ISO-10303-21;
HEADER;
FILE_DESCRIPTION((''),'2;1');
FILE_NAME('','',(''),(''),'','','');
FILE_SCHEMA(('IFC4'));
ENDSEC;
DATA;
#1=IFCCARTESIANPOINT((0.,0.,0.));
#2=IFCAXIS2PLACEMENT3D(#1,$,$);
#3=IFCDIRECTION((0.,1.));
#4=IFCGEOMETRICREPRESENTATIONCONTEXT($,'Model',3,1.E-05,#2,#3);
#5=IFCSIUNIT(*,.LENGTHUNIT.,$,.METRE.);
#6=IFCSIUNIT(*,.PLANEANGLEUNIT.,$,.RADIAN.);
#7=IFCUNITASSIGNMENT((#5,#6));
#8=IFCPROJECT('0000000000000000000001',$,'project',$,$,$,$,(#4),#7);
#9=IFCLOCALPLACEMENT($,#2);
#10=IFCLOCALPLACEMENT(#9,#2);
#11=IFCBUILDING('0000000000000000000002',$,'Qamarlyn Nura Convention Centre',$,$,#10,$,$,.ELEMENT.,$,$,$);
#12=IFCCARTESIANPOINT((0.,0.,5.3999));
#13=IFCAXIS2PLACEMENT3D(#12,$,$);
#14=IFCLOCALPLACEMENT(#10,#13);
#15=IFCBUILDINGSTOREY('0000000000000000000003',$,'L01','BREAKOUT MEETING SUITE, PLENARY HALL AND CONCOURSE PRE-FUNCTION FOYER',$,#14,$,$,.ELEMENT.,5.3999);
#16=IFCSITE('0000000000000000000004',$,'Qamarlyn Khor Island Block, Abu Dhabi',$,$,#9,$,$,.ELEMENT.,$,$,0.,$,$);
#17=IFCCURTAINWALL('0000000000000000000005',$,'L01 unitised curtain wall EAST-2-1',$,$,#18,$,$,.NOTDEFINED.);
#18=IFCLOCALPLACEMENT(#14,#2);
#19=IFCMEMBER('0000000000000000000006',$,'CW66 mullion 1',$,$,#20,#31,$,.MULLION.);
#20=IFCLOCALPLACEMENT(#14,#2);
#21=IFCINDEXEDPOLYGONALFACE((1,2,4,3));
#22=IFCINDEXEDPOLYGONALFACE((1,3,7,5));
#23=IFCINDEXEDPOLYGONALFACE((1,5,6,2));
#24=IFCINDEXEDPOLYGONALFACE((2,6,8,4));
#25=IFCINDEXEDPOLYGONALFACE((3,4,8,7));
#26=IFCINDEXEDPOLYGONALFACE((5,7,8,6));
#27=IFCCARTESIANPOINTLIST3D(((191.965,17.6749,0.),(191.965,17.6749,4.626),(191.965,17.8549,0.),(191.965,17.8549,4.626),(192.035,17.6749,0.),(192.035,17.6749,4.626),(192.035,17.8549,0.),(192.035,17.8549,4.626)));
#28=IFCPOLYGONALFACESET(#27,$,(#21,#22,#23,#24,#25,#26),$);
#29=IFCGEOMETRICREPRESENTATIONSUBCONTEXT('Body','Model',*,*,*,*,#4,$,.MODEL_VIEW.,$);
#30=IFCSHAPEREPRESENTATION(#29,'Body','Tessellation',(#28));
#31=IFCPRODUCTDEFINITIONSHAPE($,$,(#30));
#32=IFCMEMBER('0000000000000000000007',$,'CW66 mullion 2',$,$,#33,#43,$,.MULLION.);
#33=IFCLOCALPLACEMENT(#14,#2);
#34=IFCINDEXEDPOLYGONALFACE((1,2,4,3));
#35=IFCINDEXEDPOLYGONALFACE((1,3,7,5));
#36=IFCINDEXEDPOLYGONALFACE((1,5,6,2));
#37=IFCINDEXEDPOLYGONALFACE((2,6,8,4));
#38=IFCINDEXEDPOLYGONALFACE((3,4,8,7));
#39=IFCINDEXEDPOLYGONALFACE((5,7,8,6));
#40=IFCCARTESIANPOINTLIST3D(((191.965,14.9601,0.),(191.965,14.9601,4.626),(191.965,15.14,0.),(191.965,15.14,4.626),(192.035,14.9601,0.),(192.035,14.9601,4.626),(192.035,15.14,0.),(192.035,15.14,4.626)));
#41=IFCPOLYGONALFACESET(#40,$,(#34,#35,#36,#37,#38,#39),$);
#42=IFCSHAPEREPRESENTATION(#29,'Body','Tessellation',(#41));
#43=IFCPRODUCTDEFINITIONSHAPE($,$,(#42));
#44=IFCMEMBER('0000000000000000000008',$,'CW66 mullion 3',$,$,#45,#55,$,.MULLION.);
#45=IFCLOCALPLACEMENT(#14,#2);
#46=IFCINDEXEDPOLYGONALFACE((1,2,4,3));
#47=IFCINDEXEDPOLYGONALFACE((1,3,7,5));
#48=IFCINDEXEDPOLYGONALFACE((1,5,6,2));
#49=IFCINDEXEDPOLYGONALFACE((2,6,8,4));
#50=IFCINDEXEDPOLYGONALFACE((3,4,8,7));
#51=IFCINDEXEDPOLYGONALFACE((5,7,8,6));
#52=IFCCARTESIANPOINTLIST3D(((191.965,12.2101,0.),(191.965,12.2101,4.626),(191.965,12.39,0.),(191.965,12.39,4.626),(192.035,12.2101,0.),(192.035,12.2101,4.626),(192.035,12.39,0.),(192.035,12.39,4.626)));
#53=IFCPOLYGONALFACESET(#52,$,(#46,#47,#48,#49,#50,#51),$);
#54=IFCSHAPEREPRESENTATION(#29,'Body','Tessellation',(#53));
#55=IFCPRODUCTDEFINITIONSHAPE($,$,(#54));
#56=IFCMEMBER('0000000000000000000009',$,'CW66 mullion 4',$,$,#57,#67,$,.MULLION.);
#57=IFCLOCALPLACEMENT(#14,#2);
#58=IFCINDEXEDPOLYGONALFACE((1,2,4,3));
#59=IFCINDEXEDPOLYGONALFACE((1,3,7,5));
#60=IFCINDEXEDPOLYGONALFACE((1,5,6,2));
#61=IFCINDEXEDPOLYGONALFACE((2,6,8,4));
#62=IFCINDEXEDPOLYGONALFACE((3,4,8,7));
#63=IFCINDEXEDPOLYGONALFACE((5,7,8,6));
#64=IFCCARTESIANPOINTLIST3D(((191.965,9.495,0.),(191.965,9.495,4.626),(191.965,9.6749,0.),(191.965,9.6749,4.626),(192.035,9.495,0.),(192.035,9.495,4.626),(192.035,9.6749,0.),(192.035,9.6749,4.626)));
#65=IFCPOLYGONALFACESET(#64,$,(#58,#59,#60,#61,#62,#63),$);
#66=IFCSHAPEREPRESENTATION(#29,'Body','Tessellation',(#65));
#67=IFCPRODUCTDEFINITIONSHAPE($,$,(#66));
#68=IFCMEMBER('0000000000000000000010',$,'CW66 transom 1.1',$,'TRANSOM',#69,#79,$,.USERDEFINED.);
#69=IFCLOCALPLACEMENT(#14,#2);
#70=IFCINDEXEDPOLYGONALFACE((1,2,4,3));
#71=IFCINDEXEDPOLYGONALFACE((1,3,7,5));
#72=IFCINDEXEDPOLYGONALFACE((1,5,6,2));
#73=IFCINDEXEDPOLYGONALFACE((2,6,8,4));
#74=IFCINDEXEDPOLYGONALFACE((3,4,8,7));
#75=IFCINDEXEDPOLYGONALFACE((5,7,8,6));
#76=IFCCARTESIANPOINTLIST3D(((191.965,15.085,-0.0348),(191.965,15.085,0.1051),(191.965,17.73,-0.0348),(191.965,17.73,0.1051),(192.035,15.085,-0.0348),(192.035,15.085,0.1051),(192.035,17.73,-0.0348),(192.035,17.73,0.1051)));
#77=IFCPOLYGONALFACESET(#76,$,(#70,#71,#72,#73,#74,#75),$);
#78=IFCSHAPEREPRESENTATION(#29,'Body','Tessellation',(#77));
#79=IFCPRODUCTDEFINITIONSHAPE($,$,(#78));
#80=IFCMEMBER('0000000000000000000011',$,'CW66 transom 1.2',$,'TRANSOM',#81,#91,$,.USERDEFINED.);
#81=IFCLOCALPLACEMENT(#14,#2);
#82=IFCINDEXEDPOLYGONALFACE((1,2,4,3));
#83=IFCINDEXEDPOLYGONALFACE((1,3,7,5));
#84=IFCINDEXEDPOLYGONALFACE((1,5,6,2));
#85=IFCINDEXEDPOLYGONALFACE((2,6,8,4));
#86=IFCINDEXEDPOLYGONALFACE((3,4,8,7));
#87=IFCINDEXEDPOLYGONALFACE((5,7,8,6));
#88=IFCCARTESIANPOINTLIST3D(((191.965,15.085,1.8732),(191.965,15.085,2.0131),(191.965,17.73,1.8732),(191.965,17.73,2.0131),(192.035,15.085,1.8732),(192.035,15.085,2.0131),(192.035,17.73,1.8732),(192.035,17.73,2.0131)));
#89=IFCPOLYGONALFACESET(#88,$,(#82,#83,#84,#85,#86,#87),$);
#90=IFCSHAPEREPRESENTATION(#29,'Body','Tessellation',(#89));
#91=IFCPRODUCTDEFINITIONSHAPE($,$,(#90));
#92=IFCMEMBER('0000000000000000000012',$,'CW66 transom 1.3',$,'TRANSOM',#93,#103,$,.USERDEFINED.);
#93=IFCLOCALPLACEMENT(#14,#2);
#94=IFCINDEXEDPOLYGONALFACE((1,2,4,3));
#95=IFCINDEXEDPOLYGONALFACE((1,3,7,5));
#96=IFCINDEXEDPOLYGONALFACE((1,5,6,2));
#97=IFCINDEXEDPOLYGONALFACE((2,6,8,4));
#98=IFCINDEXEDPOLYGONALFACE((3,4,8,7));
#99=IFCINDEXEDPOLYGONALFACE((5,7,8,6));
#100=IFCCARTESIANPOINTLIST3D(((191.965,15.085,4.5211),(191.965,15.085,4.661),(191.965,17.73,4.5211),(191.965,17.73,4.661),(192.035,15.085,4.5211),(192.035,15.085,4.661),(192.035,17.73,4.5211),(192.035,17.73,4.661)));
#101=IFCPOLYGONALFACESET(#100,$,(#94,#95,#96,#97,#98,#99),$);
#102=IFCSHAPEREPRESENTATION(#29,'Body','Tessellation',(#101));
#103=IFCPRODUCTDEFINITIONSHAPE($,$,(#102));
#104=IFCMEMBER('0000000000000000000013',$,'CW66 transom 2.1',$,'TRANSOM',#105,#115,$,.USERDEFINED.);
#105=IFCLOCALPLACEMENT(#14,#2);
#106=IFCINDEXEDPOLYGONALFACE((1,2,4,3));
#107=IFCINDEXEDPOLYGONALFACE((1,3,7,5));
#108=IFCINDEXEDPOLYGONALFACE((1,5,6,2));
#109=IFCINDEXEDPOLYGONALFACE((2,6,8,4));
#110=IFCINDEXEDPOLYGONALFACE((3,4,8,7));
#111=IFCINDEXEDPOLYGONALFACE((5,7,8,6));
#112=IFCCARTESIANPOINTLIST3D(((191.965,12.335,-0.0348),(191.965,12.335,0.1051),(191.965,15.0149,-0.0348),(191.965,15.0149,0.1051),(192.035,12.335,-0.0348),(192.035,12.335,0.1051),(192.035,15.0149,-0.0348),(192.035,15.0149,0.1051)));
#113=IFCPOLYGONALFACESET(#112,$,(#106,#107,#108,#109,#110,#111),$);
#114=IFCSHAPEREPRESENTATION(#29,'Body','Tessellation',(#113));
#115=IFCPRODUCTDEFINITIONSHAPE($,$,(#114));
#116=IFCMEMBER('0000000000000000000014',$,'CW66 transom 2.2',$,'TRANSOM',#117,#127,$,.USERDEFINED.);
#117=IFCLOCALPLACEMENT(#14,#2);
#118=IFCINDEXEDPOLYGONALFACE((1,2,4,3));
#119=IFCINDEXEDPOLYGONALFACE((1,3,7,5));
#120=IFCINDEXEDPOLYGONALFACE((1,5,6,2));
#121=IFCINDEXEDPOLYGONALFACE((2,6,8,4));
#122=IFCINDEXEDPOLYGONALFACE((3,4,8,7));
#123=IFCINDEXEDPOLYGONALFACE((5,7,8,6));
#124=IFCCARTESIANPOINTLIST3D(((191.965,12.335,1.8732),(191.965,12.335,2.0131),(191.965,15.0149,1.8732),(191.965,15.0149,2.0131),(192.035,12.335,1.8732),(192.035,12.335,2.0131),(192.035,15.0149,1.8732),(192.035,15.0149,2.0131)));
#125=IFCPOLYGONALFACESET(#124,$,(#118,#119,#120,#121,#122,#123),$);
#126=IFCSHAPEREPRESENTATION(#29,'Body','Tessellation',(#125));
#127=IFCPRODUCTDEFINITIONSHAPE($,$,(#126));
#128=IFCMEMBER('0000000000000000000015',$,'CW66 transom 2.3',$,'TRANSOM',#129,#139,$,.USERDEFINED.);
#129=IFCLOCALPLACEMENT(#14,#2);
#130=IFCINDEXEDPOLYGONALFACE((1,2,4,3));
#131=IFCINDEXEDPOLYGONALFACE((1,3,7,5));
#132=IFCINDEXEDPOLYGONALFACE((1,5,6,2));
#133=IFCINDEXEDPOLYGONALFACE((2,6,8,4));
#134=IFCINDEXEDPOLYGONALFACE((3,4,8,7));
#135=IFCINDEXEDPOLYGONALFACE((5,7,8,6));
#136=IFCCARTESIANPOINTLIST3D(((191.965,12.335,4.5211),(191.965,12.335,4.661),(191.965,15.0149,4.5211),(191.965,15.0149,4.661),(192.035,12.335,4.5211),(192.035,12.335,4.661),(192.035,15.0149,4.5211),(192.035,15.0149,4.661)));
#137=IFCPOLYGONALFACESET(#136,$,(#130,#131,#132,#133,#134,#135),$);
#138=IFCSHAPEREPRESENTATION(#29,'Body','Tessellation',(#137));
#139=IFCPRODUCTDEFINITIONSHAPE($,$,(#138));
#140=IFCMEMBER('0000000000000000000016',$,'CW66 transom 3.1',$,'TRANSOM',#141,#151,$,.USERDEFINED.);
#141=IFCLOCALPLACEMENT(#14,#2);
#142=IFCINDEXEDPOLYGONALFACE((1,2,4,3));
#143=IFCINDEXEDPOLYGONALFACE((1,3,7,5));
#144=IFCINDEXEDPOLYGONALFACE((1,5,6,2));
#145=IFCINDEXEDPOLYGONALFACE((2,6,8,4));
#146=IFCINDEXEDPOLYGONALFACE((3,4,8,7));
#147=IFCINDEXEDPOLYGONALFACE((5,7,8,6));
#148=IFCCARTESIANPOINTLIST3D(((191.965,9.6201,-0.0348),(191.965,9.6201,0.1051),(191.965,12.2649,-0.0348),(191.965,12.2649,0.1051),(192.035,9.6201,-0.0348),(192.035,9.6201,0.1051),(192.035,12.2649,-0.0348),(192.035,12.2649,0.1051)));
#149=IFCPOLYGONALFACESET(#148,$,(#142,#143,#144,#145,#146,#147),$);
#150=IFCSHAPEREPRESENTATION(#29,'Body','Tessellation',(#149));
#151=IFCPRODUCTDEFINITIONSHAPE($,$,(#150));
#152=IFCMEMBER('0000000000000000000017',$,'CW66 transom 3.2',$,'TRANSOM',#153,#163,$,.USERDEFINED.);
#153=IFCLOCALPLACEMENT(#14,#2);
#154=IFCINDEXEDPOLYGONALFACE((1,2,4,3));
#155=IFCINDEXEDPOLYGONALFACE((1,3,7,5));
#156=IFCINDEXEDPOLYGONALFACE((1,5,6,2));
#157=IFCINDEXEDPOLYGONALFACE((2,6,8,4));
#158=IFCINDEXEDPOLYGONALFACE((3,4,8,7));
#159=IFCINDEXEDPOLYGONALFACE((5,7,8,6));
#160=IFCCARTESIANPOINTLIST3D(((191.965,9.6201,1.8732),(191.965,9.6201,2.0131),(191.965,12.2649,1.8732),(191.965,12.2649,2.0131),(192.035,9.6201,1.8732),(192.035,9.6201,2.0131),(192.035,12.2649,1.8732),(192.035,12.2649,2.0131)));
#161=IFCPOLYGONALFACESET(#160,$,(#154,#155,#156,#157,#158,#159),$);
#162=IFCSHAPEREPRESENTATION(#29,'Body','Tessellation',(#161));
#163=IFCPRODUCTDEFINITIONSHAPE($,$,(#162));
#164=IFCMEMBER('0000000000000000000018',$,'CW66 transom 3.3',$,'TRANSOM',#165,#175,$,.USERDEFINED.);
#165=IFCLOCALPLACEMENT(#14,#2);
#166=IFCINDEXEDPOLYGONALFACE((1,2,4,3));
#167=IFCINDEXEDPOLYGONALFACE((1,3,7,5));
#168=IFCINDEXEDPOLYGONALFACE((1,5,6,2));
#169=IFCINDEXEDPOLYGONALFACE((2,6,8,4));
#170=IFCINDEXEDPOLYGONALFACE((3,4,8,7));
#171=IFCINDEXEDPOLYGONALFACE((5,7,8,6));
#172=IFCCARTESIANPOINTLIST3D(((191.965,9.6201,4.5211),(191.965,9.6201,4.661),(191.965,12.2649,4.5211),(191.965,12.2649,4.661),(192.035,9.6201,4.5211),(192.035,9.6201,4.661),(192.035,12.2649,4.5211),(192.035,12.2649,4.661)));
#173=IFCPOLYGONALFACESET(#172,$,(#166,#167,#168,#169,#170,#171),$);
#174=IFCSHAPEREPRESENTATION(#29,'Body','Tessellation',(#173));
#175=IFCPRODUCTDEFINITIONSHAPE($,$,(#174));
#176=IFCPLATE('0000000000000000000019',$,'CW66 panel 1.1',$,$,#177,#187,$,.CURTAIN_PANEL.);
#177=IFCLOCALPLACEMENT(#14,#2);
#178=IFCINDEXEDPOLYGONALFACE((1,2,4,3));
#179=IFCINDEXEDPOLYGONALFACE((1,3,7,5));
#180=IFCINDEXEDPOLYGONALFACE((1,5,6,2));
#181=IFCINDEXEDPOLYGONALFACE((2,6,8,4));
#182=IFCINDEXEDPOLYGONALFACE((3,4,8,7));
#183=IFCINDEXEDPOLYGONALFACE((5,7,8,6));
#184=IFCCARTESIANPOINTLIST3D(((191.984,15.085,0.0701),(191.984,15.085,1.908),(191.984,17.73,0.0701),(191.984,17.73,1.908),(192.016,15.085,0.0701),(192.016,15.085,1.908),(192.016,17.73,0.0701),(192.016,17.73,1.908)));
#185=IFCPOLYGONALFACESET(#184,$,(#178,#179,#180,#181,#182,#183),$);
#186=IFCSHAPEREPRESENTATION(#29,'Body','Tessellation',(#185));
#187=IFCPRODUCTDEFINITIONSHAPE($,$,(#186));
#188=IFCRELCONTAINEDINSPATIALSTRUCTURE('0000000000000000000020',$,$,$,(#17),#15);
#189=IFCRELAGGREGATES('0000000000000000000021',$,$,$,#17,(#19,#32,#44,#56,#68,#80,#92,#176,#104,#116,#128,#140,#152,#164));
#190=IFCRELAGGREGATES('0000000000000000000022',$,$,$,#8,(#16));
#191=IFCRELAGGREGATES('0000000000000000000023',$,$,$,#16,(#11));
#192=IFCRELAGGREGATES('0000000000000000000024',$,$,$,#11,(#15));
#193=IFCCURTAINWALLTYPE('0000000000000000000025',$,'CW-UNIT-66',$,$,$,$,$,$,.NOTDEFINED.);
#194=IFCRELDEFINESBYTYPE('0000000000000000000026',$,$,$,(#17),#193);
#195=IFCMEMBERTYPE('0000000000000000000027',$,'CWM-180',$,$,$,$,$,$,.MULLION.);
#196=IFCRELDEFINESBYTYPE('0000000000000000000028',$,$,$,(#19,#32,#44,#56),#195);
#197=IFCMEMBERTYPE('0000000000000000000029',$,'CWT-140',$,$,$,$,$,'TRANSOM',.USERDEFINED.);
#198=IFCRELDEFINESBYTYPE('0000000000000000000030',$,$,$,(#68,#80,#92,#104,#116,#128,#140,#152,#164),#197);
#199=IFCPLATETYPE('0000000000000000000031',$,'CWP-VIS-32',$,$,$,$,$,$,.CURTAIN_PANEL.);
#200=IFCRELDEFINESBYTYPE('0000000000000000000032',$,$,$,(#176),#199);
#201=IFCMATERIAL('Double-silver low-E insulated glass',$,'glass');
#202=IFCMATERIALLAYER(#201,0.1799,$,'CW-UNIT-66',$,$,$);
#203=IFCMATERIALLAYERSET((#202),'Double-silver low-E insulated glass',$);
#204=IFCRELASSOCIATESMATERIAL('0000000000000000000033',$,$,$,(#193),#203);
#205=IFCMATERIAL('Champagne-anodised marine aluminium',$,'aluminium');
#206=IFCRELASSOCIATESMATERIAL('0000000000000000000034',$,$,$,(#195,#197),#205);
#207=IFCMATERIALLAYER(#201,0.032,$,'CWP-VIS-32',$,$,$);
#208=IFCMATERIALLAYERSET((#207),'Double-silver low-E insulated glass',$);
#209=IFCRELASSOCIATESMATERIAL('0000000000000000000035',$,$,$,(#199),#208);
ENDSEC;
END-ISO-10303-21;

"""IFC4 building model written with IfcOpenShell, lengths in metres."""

from ifc_helpers import new_model, si_unit, direction, frame, origin, origin_2d, place, context, subcontext, project, spatial, rectangle, extrude, material, layer, layer_set, material_profile, profile_set, type_object, element, aggregate, save


model = new_model("IFC4")

# Units and contexts
model_context = context("Model", 3, precision=1e-05, world=origin(), true_north=direction((0.0, 1.0)))
body_context = subcontext(model_context, "Body", "Model", "MODEL_VIEW")
ifc_project = project(units=[si_unit("LENGTHUNIT", "METRE"), si_unit("PLANEANGLEUNIT", "RADIAN")], contexts=[model_context])

# Site, building, storey
site_placement = place(None, origin())
site = spatial("IfcSite", under=ifc_project, at=site_placement, Name="Qamarlyn Khor Island Block, Abu Dhabi", CompositionType="ELEMENT", RefElevation=0.0)
building_placement = place(site_placement, origin())
building = spatial("IfcBuilding", under=site, at=building_placement, Name="Qamarlyn Nura Convention Centre", CompositionType="ELEMENT")
storey_placement = place(building_placement, frame((0.0, 0.0, 5.3999)))
storey = spatial("IfcBuildingStorey", under=building, at=storey_placement, Name="L01", Description="BREAKOUT MEETING SUITE, PLENARY HALL AND CONCOURSE PRE-FUNCTION FOYER", CompositionType="ELEMENT", Elevation=5.3999)

# Curtain wall, members, plate
ifc_material_1 = material(Name="Double-silver low-E insulated glass", Category="glass")
ifc_layer_1 = layer(ifc_material_1, 0.1799, Name="CW-UNIT-66")
ifc_layer_set_1 = layer_set([ifc_layer_1], Name="Double-silver low-E insulated glass")
curtain_wall_type = type_object("IfcCurtainWallType", Name="CW-UNIT-66", PredefinedType="NOTDEFINED", material=ifc_layer_set_1)
curtain_wall_placement = place(storey_placement, origin())
curtain_wall = element("IfcCurtainWall", 1, at=curtain_wall_placement, inside=storey, type_object=curtain_wall_type, Name="L01 unitised curtain wall EAST-2-1", PredefinedType="NOTDEFINED")
ifc_material_2 = material(Name="Champagne-anodised marine aluminium", Category="aluminium")
ifc_material_profile_1 = material_profile(ifc_material_2, rectangle(XDim=0.0701, YDim=0.1799, at=origin_2d()), Name="ALU MULLION 70x180")
ifc_profile_set_1 = profile_set([ifc_material_profile_1], Name="Champagne-anodised marine aluminium")
member_type_1 = type_object("IfcMemberType", Name="CWM-180", PredefinedType="MULLION", material=ifc_profile_set_1)
member_1_placement = place(storey_placement, frame((192.0, 17.7649, 0.0), z_axis=(0.0, 0.0, 1.0), x_axis=(1.0, 0.0, 0.0)))
member_1 = element("IfcMember", 2, at=member_1_placement, type_object=member_type_1, Name="CW66 mullion 1", PredefinedType="MULLION", context=body_context, shape_type="SweptSolid", body=[
    extrude(rectangle(XDim=0.0701, YDim=0.1799, at=origin_2d()), origin(), (0.0, 0.0, 1.0), 4.626),
])
member_2_placement = place(storey_placement, frame((192.0, 15.05, 0.0), z_axis=(0.0, 0.0, 1.0), x_axis=(1.0, 0.0, 0.0)))
member_2 = element("IfcMember", 3, at=member_2_placement, type_object=member_type_1, Name="CW66 mullion 2", PredefinedType="MULLION", context=body_context, shape_type="SweptSolid", body=[
    extrude(rectangle(XDim=0.0701, YDim=0.1799, at=origin_2d()), origin(), (0.0, 0.0, 1.0), 4.626),
])
member_3_placement = place(storey_placement, frame((192.0, 12.3, 0.0), z_axis=(0.0, 0.0, 1.0), x_axis=(1.0, 0.0, 0.0)))
member_3 = element("IfcMember", 4, at=member_3_placement, type_object=member_type_1, Name="CW66 mullion 3", PredefinedType="MULLION", context=body_context, shape_type="SweptSolid", body=[
    extrude(rectangle(XDim=0.0701, YDim=0.1799, at=origin_2d()), origin(), (0.0, 0.0, 1.0), 4.626),
])
member_4_placement = place(storey_placement, frame((192.0, 9.585, 0.0), z_axis=(0.0, 0.0, 1.0), x_axis=(1.0, 0.0, 0.0)))
member_4 = element("IfcMember", 5, at=member_4_placement, type_object=member_type_1, Name="CW66 mullion 4", PredefinedType="MULLION", context=body_context, shape_type="SweptSolid", body=[
    extrude(rectangle(XDim=0.0701, YDim=0.1799, at=origin_2d()), origin(), (0.0, 0.0, 1.0), 4.626),
])
ifc_material_profile_2 = material_profile(ifc_material_2, rectangle(XDim=0.0701, YDim=0.1399, at=origin_2d()), Name="ALU TRANSOM 70x140")
ifc_profile_set_2 = profile_set([ifc_material_profile_2], Name="Champagne-anodised marine aluminium")
member_type_2 = type_object("IfcMemberType", Name="CWT-140", ElementType="TRANSOM", PredefinedType="USERDEFINED", material=ifc_profile_set_2)
member_5_placement = place(storey_placement, frame((192.0, 17.73, 0.0352), z_axis=(0.0, -1.0, 0.0), x_axis=(1.0, 0.0, 0.0)))
member_5 = element("IfcMember", 6, at=member_5_placement, type_object=member_type_2, Name="CW66 transom 1.1", ObjectType="TRANSOM", PredefinedType="USERDEFINED", context=body_context, shape_type="SweptSolid", body=[
    extrude(rectangle(XDim=0.0701, YDim=0.1399, at=origin_2d()), origin(), (0.0, 0.0, 1.0), 2.645),
])
member_6_placement = place(storey_placement, frame((192.0, 17.73, 1.9431), z_axis=(0.0, -1.0, 0.0), x_axis=(1.0, 0.0, 0.0)))
member_6 = element("IfcMember", 7, at=member_6_placement, type_object=member_type_2, Name="CW66 transom 1.2", ObjectType="TRANSOM", PredefinedType="USERDEFINED", context=body_context, shape_type="SweptSolid", body=[
    extrude(rectangle(XDim=0.0701, YDim=0.1399, at=origin_2d()), origin(), (0.0, 0.0, 1.0), 2.645),
])
member_7_placement = place(storey_placement, frame((192.0, 17.73, 4.5911), z_axis=(0.0, -1.0, 0.0), x_axis=(1.0, 0.0, 0.0)))
member_7 = element("IfcMember", 8, at=member_7_placement, type_object=member_type_2, Name="CW66 transom 1.3", ObjectType="TRANSOM", PredefinedType="USERDEFINED", context=body_context, shape_type="SweptSolid", body=[
    extrude(rectangle(XDim=0.0701, YDim=0.1399, at=origin_2d()), origin(), (0.0, 0.0, 1.0), 2.645),
])
member_8_placement = place(storey_placement, frame((192.0, 15.0149, 0.0352), z_axis=(0.0, -1.0, 0.0), x_axis=(1.0, 0.0, 0.0)))
member_8 = element("IfcMember", 9, at=member_8_placement, type_object=member_type_2, Name="CW66 transom 2.1", ObjectType="TRANSOM", PredefinedType="USERDEFINED", context=body_context, shape_type="SweptSolid", body=[
    extrude(rectangle(XDim=0.0701, YDim=0.1399, at=origin_2d()), origin(), (0.0, 0.0, 1.0), 2.6799),
])
member_9_placement = place(storey_placement, frame((192.0, 15.0149, 1.9431), z_axis=(0.0, -1.0, 0.0), x_axis=(1.0, 0.0, 0.0)))
member_9 = element("IfcMember", 10, at=member_9_placement, type_object=member_type_2, Name="CW66 transom 2.2", ObjectType="TRANSOM", PredefinedType="USERDEFINED", context=body_context, shape_type="SweptSolid", body=[
    extrude(rectangle(XDim=0.0701, YDim=0.1399, at=origin_2d()), origin(), (0.0, 0.0, 1.0), 2.6799),
])
member_10_placement = place(storey_placement, frame((192.0, 15.0149, 4.5911), z_axis=(0.0, -1.0, 0.0), x_axis=(1.0, 0.0, 0.0)))
member_10 = element("IfcMember", 11, at=member_10_placement, type_object=member_type_2, Name="CW66 transom 2.3", ObjectType="TRANSOM", PredefinedType="USERDEFINED", context=body_context, shape_type="SweptSolid", body=[
    extrude(rectangle(XDim=0.0701, YDim=0.1399, at=origin_2d()), origin(), (0.0, 0.0, 1.0), 2.6799),
])
member_11_placement = place(storey_placement, frame((192.0, 12.2649, 0.0352), z_axis=(0.0, -1.0, 0.0), x_axis=(1.0, 0.0, 0.0)))
member_11 = element("IfcMember", 12, at=member_11_placement, type_object=member_type_2, Name="CW66 transom 3.1", ObjectType="TRANSOM", PredefinedType="USERDEFINED", context=body_context, shape_type="SweptSolid", body=[
    extrude(rectangle(XDim=0.0701, YDim=0.1399, at=origin_2d()), origin(), (0.0, 0.0, 1.0), 2.6448),
])
member_12_placement = place(storey_placement, frame((192.0, 12.2649, 1.9431), z_axis=(0.0, -1.0, 0.0), x_axis=(1.0, 0.0, 0.0)))
member_12 = element("IfcMember", 13, at=member_12_placement, type_object=member_type_2, Name="CW66 transom 3.2", ObjectType="TRANSOM", PredefinedType="USERDEFINED", context=body_context, shape_type="SweptSolid", body=[
    extrude(rectangle(XDim=0.0701, YDim=0.1399, at=origin_2d()), origin(), (0.0, 0.0, 1.0), 2.6448),
])
member_13_placement = place(storey_placement, frame((192.0, 12.2649, 4.5911), z_axis=(0.0, -1.0, 0.0), x_axis=(1.0, 0.0, 0.0)))
member_13 = element("IfcMember", 14, at=member_13_placement, type_object=member_type_2, Name="CW66 transom 3.3", ObjectType="TRANSOM", PredefinedType="USERDEFINED", context=body_context, shape_type="SweptSolid", body=[
    extrude(rectangle(XDim=0.0701, YDim=0.1399, at=origin_2d()), origin(), (0.0, 0.0, 1.0), 2.6448),
])
ifc_layer_2 = layer(ifc_material_1, 0.032, Name="CWP-VIS-32")
ifc_layer_set_2 = layer_set([ifc_layer_2], Name="Double-silver low-E insulated glass")
plate_type = type_object("IfcPlateType", Name="CWP-VIS-32", PredefinedType="CURTAIN_PANEL", material=ifc_layer_set_2)
plate_1_placement = place(storey_placement, frame((192.0, 16.4075, 0.0701), z_axis=(0.0, 0.0, 1.0), x_axis=(0.0, -1.0, 0.0)))
plate_1 = element("IfcPlate", 15, at=plate_1_placement, type_object=plate_type, Name="CW66 panel 1.1", PredefinedType="CURTAIN_PANEL", context=body_context, shape_type="SweptSolid", body=[
    extrude(rectangle(XDim=2.645, YDim=0.032, at=origin_2d()), origin(), (0.0, 0.0, 1.0), 1.8379),
])
aggregate(curtain_wall, [member_1, member_2, member_3, member_4, member_5, member_6, member_7, plate_1, member_8, member_9, member_10, member_11, member_12, member_13])

save(model, "model.ifc")
